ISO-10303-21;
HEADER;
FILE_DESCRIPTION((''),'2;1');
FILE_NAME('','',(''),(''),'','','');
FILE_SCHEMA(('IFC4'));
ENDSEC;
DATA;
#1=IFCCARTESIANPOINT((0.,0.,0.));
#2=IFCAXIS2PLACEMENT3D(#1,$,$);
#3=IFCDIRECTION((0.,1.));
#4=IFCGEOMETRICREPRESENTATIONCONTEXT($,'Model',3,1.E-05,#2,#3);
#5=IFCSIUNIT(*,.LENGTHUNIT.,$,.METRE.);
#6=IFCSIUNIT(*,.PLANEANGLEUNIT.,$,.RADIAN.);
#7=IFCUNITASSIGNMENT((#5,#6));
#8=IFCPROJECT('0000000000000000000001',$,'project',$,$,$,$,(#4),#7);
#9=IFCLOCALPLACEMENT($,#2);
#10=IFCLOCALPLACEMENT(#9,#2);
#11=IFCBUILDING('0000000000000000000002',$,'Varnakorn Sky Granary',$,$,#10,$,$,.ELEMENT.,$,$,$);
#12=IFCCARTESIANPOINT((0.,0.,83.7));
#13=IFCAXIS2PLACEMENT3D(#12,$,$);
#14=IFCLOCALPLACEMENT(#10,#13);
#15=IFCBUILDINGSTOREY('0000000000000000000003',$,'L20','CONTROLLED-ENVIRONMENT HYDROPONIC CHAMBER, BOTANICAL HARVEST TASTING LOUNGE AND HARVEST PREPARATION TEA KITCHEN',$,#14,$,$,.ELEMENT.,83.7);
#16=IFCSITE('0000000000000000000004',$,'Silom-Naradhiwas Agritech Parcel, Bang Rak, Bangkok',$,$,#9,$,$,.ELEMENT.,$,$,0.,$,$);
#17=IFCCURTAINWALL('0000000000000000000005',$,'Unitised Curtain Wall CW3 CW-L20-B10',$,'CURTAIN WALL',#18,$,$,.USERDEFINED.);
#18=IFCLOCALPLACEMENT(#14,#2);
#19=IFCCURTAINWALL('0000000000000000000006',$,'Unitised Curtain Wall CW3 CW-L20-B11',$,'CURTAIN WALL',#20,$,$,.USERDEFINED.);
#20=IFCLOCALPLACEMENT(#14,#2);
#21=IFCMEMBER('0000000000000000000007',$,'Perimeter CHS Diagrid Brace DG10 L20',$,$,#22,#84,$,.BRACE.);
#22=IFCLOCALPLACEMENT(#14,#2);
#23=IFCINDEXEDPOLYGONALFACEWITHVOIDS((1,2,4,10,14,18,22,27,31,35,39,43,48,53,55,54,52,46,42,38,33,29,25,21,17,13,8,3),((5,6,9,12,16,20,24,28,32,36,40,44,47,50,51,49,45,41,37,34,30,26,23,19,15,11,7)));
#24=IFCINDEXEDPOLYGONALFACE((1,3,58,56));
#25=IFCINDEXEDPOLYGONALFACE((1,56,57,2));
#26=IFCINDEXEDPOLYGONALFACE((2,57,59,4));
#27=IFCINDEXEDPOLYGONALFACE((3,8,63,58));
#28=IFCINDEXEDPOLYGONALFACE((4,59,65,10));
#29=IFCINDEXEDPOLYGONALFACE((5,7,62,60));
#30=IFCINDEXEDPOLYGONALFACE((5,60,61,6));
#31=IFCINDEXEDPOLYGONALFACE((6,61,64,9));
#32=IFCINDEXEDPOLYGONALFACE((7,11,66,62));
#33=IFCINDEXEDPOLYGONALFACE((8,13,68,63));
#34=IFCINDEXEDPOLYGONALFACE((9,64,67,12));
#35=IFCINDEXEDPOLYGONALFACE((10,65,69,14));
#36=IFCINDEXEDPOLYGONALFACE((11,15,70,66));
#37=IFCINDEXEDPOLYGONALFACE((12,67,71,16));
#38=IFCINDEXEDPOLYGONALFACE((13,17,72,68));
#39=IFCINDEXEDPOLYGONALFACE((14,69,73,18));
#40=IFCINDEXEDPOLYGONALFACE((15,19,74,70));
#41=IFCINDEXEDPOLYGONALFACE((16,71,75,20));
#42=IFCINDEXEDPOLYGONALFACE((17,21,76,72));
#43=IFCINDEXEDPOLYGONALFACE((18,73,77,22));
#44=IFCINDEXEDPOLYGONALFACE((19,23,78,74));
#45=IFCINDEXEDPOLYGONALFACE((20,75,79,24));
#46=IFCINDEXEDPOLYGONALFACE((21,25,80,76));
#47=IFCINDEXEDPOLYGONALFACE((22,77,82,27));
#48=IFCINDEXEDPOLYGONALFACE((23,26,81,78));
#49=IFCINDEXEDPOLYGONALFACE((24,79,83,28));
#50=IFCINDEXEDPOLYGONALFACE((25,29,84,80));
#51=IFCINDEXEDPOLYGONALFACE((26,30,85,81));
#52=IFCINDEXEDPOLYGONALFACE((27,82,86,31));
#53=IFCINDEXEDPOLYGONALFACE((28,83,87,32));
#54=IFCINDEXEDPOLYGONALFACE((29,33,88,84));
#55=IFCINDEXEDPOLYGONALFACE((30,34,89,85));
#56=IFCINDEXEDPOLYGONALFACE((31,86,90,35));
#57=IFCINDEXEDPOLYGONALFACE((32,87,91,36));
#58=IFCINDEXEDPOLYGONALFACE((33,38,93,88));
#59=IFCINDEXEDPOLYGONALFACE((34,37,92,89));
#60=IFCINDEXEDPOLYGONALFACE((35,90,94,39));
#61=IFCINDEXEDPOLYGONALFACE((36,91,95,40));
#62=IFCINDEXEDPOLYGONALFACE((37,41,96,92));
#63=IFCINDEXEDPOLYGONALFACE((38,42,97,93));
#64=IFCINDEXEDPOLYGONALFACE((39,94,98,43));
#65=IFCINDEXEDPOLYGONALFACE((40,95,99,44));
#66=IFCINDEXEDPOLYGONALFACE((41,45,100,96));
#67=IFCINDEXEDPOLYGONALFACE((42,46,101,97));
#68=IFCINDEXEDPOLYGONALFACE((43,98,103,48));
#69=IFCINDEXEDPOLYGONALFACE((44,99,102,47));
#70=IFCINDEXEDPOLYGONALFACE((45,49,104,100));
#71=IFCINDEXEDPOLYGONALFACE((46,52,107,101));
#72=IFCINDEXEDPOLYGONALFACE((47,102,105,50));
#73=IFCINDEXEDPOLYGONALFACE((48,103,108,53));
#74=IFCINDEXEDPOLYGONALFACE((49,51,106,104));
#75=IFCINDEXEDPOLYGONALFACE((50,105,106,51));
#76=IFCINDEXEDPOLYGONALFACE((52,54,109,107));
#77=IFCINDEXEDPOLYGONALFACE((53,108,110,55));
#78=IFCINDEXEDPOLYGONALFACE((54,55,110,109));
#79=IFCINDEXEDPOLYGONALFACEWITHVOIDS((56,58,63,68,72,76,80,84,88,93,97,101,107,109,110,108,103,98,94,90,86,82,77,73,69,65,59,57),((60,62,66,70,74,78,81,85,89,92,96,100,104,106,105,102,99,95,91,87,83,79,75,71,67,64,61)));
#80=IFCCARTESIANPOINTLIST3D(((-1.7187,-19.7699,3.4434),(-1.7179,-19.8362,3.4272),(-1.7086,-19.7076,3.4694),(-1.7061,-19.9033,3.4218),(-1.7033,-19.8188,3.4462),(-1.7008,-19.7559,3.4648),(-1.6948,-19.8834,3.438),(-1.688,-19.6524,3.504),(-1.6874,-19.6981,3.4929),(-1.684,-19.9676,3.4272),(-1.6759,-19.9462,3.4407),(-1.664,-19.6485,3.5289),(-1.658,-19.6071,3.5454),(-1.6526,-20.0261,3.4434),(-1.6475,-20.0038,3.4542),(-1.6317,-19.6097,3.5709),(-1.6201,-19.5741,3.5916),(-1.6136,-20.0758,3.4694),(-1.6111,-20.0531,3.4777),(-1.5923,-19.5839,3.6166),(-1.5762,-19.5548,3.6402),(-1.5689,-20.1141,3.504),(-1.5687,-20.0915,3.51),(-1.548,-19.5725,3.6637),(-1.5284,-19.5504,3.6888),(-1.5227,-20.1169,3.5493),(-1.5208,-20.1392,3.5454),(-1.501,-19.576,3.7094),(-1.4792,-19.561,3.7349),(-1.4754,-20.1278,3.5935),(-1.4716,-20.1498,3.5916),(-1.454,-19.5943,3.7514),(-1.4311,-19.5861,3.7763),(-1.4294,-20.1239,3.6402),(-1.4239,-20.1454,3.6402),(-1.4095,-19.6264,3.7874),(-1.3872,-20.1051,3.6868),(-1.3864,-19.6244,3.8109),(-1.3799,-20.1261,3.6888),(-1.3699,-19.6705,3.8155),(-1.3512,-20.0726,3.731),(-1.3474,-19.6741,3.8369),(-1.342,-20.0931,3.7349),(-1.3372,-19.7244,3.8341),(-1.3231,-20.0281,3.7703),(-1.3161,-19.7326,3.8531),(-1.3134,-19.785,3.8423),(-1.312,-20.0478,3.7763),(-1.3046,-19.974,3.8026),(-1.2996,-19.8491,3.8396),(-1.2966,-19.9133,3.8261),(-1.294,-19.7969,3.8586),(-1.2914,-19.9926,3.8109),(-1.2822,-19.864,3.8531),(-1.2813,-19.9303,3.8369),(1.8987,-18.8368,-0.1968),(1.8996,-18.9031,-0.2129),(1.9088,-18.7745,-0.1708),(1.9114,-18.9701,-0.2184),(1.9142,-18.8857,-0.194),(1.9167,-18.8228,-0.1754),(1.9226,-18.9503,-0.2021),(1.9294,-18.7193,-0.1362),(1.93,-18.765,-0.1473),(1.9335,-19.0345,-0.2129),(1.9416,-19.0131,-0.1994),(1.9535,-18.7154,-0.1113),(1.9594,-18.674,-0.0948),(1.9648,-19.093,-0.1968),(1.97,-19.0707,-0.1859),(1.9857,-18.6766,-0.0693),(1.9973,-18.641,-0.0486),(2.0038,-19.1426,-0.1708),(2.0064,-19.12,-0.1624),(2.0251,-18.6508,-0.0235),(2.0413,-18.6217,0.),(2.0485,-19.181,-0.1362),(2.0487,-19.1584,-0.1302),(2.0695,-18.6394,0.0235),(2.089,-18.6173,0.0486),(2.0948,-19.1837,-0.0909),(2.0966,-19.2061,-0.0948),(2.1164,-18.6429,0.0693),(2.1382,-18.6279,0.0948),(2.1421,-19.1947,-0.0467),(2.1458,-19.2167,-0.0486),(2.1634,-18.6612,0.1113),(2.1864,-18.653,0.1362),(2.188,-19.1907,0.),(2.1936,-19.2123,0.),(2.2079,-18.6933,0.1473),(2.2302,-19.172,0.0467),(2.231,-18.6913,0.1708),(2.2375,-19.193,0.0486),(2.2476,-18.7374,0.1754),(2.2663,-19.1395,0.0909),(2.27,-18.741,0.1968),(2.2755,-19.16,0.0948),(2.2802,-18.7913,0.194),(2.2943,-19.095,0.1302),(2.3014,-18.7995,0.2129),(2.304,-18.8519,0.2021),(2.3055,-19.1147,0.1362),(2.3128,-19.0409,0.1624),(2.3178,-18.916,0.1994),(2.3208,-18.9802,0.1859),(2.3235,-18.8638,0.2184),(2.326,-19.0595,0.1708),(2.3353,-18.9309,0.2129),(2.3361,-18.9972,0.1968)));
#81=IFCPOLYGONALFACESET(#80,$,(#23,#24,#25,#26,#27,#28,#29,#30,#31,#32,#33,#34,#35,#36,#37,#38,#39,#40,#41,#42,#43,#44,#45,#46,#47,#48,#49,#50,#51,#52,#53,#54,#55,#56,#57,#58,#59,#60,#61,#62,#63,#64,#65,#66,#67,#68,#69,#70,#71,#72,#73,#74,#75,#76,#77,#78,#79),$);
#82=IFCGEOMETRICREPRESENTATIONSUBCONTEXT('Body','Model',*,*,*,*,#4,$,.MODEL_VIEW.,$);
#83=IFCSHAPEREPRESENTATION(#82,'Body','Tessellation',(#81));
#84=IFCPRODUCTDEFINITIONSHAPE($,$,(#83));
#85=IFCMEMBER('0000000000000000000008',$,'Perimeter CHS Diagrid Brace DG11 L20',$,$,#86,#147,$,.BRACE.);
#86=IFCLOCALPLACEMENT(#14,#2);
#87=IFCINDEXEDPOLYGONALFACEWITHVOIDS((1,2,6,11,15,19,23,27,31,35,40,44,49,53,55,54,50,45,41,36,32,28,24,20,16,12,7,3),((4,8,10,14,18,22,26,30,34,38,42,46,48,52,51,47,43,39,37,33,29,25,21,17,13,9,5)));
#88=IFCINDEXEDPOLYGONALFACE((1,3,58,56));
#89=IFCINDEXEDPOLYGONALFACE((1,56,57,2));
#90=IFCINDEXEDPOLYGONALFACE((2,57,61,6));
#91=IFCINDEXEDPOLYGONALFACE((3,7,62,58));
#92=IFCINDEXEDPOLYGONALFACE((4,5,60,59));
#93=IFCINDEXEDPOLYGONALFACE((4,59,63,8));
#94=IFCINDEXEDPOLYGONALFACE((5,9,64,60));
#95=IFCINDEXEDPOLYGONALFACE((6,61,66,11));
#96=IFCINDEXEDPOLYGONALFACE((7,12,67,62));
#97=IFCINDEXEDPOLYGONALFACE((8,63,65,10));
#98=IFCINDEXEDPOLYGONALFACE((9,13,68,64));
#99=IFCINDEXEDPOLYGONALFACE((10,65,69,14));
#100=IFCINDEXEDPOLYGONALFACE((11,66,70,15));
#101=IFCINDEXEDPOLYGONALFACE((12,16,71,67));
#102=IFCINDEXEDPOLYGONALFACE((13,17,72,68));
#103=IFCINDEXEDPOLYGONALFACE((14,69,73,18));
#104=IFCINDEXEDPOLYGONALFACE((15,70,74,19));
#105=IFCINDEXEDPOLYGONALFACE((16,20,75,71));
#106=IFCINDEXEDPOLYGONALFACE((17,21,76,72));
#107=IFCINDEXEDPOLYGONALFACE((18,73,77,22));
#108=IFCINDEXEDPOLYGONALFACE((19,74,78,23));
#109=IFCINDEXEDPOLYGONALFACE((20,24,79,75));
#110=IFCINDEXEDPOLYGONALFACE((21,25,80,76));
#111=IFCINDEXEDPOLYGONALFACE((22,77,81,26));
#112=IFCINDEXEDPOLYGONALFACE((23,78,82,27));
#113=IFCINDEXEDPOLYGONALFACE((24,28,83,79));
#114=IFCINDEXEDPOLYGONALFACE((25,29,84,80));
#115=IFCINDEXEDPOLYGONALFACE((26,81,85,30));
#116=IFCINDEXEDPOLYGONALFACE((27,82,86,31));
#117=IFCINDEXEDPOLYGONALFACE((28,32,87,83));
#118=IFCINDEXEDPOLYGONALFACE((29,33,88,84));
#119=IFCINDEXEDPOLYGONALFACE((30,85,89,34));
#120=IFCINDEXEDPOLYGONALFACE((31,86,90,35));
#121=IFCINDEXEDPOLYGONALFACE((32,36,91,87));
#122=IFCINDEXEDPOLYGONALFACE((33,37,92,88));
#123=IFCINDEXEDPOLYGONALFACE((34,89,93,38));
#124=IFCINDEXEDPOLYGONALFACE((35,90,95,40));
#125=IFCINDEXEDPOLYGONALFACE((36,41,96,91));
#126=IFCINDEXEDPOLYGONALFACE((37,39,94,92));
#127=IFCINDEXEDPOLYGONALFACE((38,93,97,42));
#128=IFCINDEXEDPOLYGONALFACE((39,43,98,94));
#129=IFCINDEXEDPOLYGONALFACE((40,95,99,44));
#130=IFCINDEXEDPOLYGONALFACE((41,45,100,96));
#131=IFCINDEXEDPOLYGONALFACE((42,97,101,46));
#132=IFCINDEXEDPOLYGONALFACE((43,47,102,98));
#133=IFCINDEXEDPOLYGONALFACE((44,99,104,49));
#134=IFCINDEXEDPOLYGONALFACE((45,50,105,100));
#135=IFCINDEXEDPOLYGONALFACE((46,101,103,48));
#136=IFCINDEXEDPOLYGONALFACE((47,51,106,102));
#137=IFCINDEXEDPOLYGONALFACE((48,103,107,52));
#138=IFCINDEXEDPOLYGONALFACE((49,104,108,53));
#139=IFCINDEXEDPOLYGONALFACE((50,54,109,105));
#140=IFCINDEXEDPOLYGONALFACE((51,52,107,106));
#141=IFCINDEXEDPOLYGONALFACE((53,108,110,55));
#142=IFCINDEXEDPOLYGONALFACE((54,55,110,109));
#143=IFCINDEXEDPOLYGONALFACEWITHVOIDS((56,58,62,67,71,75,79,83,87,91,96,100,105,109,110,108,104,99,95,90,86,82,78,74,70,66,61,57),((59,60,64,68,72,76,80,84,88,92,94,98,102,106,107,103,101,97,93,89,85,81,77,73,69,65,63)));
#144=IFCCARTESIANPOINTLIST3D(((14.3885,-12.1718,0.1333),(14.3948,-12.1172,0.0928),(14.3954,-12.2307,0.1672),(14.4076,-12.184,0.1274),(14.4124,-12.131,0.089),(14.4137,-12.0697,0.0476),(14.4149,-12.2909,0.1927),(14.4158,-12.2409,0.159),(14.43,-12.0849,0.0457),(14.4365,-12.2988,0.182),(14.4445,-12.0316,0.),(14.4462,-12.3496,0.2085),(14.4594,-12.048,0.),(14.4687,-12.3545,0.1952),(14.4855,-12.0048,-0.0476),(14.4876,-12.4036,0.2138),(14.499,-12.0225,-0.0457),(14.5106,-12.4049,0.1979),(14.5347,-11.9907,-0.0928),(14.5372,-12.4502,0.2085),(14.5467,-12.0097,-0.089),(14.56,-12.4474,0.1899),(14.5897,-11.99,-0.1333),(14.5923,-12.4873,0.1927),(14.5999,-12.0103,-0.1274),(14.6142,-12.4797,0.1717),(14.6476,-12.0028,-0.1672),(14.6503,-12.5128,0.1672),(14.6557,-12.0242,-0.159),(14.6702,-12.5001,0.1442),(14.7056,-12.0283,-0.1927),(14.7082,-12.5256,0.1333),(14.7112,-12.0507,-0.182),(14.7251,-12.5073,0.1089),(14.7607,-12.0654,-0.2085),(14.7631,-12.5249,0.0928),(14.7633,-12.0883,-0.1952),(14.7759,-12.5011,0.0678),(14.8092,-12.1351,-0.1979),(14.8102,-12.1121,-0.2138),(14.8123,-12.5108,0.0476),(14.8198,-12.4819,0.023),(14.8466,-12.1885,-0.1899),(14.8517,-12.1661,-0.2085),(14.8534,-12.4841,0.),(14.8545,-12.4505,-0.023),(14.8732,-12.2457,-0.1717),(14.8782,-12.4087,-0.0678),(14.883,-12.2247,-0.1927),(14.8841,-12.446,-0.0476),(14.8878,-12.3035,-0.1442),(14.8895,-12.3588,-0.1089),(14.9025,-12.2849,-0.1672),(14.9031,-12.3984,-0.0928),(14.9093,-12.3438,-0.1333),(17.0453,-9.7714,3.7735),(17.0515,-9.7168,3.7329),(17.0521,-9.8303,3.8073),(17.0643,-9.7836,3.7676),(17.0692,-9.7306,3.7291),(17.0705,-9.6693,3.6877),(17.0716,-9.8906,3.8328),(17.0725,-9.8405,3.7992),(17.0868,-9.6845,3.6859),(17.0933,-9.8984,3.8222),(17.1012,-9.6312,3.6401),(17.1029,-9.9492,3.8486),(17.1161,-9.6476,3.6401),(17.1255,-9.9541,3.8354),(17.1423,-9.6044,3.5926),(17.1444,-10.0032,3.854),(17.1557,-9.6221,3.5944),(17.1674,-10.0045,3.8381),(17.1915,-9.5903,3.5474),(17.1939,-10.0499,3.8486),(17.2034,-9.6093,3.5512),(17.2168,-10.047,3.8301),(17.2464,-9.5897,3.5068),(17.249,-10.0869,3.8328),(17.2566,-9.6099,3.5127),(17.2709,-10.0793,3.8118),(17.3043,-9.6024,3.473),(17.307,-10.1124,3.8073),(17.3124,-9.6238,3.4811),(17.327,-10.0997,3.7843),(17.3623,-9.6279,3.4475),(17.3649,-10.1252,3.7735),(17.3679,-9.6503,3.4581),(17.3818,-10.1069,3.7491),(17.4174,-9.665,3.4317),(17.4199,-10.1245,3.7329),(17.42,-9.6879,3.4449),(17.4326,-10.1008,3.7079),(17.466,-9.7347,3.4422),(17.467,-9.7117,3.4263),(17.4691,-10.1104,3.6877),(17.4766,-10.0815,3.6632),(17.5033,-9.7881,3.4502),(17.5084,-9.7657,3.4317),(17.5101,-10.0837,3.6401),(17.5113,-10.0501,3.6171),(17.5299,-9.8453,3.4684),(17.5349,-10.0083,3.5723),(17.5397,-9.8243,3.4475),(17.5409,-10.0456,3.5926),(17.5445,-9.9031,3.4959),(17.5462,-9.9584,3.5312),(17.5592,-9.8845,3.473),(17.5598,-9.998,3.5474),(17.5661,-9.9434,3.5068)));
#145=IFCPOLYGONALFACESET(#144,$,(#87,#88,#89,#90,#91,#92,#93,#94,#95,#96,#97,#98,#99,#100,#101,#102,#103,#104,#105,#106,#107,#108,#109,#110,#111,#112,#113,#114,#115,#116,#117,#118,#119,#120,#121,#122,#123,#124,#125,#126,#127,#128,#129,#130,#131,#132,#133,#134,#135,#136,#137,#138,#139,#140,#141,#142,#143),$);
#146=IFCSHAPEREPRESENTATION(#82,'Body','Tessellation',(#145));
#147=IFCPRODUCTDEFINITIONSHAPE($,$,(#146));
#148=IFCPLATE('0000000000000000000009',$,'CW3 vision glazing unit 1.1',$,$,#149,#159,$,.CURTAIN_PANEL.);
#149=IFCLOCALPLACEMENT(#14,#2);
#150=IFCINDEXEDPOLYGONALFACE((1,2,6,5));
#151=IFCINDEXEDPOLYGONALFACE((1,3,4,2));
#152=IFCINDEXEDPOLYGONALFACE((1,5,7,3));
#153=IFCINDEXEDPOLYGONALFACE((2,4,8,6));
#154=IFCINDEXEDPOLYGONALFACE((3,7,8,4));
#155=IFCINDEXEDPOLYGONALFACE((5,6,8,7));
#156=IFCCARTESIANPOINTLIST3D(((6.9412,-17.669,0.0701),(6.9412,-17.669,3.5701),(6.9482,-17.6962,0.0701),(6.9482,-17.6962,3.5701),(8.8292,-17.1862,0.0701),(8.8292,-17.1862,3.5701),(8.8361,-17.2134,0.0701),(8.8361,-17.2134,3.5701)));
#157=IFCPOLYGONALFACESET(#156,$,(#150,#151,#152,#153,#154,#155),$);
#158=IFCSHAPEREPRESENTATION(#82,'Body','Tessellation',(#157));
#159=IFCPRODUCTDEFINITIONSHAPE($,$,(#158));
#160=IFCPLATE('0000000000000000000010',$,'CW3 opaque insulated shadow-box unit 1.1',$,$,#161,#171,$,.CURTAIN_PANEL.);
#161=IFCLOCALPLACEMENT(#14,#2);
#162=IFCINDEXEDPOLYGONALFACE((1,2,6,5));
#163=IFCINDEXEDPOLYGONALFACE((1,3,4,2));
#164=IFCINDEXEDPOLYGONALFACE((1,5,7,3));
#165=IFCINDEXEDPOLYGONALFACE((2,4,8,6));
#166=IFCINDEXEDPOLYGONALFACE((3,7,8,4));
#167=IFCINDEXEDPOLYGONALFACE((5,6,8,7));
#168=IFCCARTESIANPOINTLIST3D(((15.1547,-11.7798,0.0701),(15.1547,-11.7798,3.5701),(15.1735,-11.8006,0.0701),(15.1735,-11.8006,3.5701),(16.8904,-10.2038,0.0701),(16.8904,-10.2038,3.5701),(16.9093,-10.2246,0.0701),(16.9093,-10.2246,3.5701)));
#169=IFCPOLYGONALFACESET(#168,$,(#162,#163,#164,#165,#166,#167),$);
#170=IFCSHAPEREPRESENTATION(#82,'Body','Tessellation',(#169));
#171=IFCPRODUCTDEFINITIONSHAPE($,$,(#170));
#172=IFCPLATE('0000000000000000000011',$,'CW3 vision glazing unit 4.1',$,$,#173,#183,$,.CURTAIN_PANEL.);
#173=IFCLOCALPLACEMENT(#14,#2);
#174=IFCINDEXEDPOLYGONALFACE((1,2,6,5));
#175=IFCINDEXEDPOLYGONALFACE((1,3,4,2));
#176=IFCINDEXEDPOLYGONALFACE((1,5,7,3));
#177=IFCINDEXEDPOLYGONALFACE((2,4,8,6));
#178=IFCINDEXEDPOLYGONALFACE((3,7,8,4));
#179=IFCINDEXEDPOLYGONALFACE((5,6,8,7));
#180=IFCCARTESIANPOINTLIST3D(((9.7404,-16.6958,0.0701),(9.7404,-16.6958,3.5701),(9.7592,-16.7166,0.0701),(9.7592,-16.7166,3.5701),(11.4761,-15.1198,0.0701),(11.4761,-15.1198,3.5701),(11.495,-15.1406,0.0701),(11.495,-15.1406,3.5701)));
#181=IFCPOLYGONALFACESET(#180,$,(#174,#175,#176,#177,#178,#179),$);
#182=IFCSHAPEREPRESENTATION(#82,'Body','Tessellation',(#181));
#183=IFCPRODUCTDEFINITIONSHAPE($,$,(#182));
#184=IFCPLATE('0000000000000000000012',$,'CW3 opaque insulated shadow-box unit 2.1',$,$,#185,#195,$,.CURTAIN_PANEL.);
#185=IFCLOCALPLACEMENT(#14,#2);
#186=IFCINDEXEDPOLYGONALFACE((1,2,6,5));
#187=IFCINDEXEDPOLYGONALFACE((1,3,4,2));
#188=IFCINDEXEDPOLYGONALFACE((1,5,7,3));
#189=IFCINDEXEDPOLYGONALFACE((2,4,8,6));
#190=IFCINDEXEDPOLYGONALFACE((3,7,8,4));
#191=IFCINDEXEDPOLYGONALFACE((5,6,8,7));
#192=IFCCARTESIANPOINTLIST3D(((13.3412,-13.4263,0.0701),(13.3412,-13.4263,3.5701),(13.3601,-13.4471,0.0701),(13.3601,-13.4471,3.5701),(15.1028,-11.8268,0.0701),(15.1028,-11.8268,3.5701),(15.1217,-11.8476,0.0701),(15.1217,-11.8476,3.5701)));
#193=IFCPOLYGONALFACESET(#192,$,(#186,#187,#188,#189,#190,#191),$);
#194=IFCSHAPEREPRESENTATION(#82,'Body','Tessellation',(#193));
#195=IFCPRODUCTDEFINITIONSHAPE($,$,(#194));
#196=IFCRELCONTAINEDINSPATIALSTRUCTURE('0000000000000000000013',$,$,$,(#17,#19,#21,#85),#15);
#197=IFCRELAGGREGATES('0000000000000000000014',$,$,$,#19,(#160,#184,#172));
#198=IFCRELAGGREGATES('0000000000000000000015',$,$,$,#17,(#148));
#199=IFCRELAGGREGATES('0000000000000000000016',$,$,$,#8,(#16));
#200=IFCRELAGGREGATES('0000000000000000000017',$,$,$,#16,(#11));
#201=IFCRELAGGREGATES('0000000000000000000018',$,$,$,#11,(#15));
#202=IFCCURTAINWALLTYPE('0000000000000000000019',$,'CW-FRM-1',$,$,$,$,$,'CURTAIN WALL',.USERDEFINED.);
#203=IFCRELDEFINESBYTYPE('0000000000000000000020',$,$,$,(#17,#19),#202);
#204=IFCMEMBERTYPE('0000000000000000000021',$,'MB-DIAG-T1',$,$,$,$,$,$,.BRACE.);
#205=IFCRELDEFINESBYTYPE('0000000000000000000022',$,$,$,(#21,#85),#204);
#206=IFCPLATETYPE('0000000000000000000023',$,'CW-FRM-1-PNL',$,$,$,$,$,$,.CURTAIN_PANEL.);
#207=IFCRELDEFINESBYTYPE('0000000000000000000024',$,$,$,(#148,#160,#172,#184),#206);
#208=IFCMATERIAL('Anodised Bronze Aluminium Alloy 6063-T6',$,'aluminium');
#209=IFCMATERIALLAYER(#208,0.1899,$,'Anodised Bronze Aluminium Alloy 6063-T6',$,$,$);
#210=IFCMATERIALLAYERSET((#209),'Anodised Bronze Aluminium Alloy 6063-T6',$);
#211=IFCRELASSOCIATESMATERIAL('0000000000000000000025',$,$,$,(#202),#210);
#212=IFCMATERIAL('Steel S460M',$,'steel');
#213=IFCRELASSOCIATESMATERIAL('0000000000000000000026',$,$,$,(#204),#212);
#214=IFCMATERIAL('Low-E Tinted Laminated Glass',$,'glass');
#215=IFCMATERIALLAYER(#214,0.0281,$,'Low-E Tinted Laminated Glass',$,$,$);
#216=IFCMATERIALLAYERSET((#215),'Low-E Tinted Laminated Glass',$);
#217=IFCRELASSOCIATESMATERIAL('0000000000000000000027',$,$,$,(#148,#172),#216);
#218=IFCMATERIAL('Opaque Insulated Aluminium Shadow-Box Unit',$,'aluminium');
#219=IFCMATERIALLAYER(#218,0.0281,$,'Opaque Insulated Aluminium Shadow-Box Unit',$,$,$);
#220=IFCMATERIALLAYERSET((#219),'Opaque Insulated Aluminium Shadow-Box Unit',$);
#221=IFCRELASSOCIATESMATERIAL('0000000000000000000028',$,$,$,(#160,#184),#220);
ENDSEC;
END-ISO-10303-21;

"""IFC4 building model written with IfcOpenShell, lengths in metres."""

from ifc_helpers import new_model, si_unit, direction, frame, origin, origin_2d, place, context, subcontext, project, spatial, rectangle, hollow_circle, extrude, source, transform, mapped, material, layer, layer_set, material_profile, profile_set, type_object, element, aggregate, save


model = new_model("IFC4")

# Units and contexts
model_context = context("Model", 3, precision=1e-05, world=origin(), true_north=direction((0.0, 1.0)))
body_context = subcontext(model_context, "Body", "Model", "MODEL_VIEW")
ifc_project = project(units=[si_unit("LENGTHUNIT", "METRE"), si_unit("PLANEANGLEUNIT", "RADIAN")], contexts=[model_context])

# Site, building, storey
site_placement = place(None, origin())
site = spatial("IfcSite", under=ifc_project, at=site_placement, Name="Silom-Naradhiwas Agritech Parcel, Bang Rak, Bangkok", CompositionType="ELEMENT", RefElevation=0.0)
building_placement = place(site_placement, origin())
building = spatial("IfcBuilding", under=site, at=building_placement, Name="Varnakorn Sky Granary", CompositionType="ELEMENT")
storey_placement = place(building_placement, frame((0.0, 0.0, 83.7)))
storey = spatial("IfcBuildingStorey", under=building, at=storey_placement, Name="L20", Description="CONTROLLED-ENVIRONMENT HYDROPONIC CHAMBER, BOTANICAL HARVEST TASTING LOUNGE AND HARVEST PREPARATION TEA KITCHEN", CompositionType="ELEMENT", Elevation=83.7)

# Shared definitions
ifc_material_1 = material(Name="Steel S460M", Category="steel")

# Curtain walls
ifc_material_2 = material(Name="Anodised Bronze Aluminium Alloy 6063-T6", Category="aluminium")
ifc_layer_1 = layer(ifc_material_2, 0.1899, Name="Anodised Bronze Aluminium Alloy 6063-T6")
ifc_layer_set_1 = layer_set([ifc_layer_1], Name="Anodised Bronze Aluminium Alloy 6063-T6")
curtain_wall_type = type_object("IfcCurtainWallType", Name="CW-FRM-1", ElementType="CURTAIN WALL", PredefinedType="USERDEFINED", material=ifc_layer_set_1)
curtain_wall_1_placement = place(storey_placement, origin())
curtain_wall_1 = element("IfcCurtainWall", 1, at=curtain_wall_1_placement, inside=storey, type_object=curtain_wall_type, Name="Unitised Curtain Wall CW3 CW-L20-B10", ObjectType="CURTAIN WALL", PredefinedType="USERDEFINED")
curtain_wall_2_placement = place(storey_placement, origin())
curtain_wall_2 = element("IfcCurtainWall", 2, at=curtain_wall_2_placement, inside=storey, type_object=curtain_wall_type, Name="Unitised Curtain Wall CW3 CW-L20-B11", ObjectType="CURTAIN WALL", PredefinedType="USERDEFINED")

# Members
ifc_material_profile_1 = material_profile(ifc_material_1, hollow_circle(Radius=0.3049, WallThickness=0.0222, at=origin_2d()), Name="CHS 610x22")
ifc_profile_set_1 = profile_set([ifc_material_profile_1], Name="Steel S460M")
member_type_1 = type_object("IfcMemberType", Name="MB-DIAG-T1", PredefinedType="BRACE", material=ifc_profile_set_1)
member_1_placement = place(storey_placement, frame((2.1174, -18.917, 0.0), z_axis=(-0.69352, -0.178891, 0.697873), x_axis=(0.249771, -0.968305, 0.0)))
element("IfcMember", 3, at=member_1_placement, inside=storey, type_object=member_type_1, Name="Perimeter CHS Diagrid Brace DG10 L20", PredefinedType="BRACE", context=body_context, shape_type="SweptSolid", body=[
    extrude(hollow_circle(Radius=0.3049, WallThickness=0.0222, at=origin_2d()), origin(), (0.0, 0.0, 1.0), 5.2161),
])
member_2_placement = place(storey_placement, frame((14.6489, -12.2578, 0.0), z_axis=(0.520322, 0.470116, 0.712921), x_axis=(-0.670403, 0.741998, 0.0)))
element("IfcMember", 4, at=member_2_placement, inside=storey, type_object=member_type_1, Name="Perimeter CHS Diagrid Brace DG11 L20", PredefinedType="BRACE", context=body_context, shape_type="SweptSolid", body=[
    extrude(hollow_circle(Radius=0.3049, WallThickness=0.0222, at=origin_2d()), origin(), (0.0, 0.0, 1.0), 5.106),
])

# Plates
ifc_material_3 = material(Name="Low-E Tinted Laminated Glass", Category="glass")
ifc_layer_2 = layer(ifc_material_3, 0.0281, Name="Low-E Tinted Laminated Glass")
ifc_layer_set_2 = layer_set([ifc_layer_2], Name="Low-E Tinted Laminated Glass")
plate_type = type_object("IfcPlateType", Name="CW-FRM-1-PNL", PredefinedType="CURTAIN_PANEL")
shared_shape_1 = source(origin(), body_context, "Body", "SweptSolid", [
    extrude(rectangle(XDim=1.9487, YDim=0.0281, at=origin_2d()), origin(), (0.0, 0.0, 1.0), 3.5),
])
plate_1_placement = place(storey_placement, frame((7.8887, -17.4412, 0.0701), z_axis=(0.0, 0.0, 1.0), x_axis=(-0.968825, -0.247745, 0.0)))
plate_1 = element("IfcPlate", 5, at=plate_1_placement, type_object=plate_type, material=ifc_layer_set_2, Name="CW3 vision glazing unit 1.1", PredefinedType="CURTAIN_PANEL", context=body_context, shape_type="MappedRepresentation", body=[
    mapped(shared_shape_1, transform((0.0, 0.0, 0.0), x_axis=(1.0, 0.0, 0.0), y_axis=(0.0, 1.0, 0.0), z_axis=(0.0, 0.0, 1.0), scale=1.0)),
])
ifc_material_4 = material(Name="Opaque Insulated Aluminium Shadow-Box Unit", Category="aluminium")
ifc_layer_3 = layer(ifc_material_4, 0.0281, Name="Opaque Insulated Aluminium Shadow-Box Unit")
ifc_layer_set_3 = layer_set([ifc_layer_3], Name="Opaque Insulated Aluminium Shadow-Box Unit")
shared_shape_2 = source(origin(), body_context, "Body", "SweptSolid", [
    extrude(rectangle(XDim=2.3445, YDim=0.0281, at=origin_2d()), origin(), (0.0, 0.0, 1.0), 3.5),
])
plate_2_placement = place(storey_placement, frame((16.032, -11.0022, 0.0701), z_axis=(0.0, 0.0, 1.0), x_axis=(-0.74036, -0.672211, 0.0)))
plate_2 = element("IfcPlate", 6, at=plate_2_placement, type_object=plate_type, material=ifc_layer_set_3, Name="CW3 opaque insulated shadow-box unit 1.1", PredefinedType="CURTAIN_PANEL", context=body_context, shape_type="MappedRepresentation", body=[
    mapped(shared_shape_2, transform((0.0, 0.0, 0.0), x_axis=(1.0, 0.0, 0.0), y_axis=(0.0, 1.0, 0.0), z_axis=(0.0, 0.0, 1.0), scale=1.0)),
])
plate_3_placement = place(storey_placement, frame((10.6177, -15.9182, 0.0701), z_axis=(0.0, 0.0, 1.0), x_axis=(-0.74036, -0.672211, 0.0)))
plate_3 = element("IfcPlate", 7, at=plate_3_placement, type_object=plate_type, material=ifc_layer_set_2, Name="CW3 vision glazing unit 4.1", PredefinedType="CURTAIN_PANEL", context=body_context, shape_type="MappedRepresentation", body=[
    mapped(shared_shape_2, transform((0.0, 0.0, 0.0), x_axis=(1.0, 0.0, 0.0), y_axis=(0.0, 1.0, 0.0), z_axis=(0.0, 0.0, 1.0), scale=1.0)),
])
shared_shape_3 = source(origin(), body_context, "Body", "SweptSolid", [
    extrude(rectangle(XDim=2.3794, YDim=0.0281, at=origin_2d()), origin(), (0.0, 0.0, 1.0), 3.5),
])
plate_4_placement = place(storey_placement, frame((14.2314, -12.637, 0.0701), z_axis=(0.0, 0.0, 1.0), x_axis=(-0.74036, -0.672211, 0.0)))
plate_4 = element("IfcPlate", 8, at=plate_4_placement, type_object=plate_type, material=ifc_layer_set_3, Name="CW3 opaque insulated shadow-box unit 2.1", PredefinedType="CURTAIN_PANEL", context=body_context, shape_type="MappedRepresentation", body=[
    mapped(shared_shape_3, transform((0.0, 0.0, 0.0), x_axis=(1.0, 0.0, 0.0), y_axis=(0.0, 1.0, 0.0), z_axis=(0.0, 0.0, 1.0), scale=1.0)),
])
aggregate(curtain_wall_2, [plate_2, plate_4, plate_3])
aggregate(curtain_wall_1, [plate_1])

save(model, "model.ifc")
